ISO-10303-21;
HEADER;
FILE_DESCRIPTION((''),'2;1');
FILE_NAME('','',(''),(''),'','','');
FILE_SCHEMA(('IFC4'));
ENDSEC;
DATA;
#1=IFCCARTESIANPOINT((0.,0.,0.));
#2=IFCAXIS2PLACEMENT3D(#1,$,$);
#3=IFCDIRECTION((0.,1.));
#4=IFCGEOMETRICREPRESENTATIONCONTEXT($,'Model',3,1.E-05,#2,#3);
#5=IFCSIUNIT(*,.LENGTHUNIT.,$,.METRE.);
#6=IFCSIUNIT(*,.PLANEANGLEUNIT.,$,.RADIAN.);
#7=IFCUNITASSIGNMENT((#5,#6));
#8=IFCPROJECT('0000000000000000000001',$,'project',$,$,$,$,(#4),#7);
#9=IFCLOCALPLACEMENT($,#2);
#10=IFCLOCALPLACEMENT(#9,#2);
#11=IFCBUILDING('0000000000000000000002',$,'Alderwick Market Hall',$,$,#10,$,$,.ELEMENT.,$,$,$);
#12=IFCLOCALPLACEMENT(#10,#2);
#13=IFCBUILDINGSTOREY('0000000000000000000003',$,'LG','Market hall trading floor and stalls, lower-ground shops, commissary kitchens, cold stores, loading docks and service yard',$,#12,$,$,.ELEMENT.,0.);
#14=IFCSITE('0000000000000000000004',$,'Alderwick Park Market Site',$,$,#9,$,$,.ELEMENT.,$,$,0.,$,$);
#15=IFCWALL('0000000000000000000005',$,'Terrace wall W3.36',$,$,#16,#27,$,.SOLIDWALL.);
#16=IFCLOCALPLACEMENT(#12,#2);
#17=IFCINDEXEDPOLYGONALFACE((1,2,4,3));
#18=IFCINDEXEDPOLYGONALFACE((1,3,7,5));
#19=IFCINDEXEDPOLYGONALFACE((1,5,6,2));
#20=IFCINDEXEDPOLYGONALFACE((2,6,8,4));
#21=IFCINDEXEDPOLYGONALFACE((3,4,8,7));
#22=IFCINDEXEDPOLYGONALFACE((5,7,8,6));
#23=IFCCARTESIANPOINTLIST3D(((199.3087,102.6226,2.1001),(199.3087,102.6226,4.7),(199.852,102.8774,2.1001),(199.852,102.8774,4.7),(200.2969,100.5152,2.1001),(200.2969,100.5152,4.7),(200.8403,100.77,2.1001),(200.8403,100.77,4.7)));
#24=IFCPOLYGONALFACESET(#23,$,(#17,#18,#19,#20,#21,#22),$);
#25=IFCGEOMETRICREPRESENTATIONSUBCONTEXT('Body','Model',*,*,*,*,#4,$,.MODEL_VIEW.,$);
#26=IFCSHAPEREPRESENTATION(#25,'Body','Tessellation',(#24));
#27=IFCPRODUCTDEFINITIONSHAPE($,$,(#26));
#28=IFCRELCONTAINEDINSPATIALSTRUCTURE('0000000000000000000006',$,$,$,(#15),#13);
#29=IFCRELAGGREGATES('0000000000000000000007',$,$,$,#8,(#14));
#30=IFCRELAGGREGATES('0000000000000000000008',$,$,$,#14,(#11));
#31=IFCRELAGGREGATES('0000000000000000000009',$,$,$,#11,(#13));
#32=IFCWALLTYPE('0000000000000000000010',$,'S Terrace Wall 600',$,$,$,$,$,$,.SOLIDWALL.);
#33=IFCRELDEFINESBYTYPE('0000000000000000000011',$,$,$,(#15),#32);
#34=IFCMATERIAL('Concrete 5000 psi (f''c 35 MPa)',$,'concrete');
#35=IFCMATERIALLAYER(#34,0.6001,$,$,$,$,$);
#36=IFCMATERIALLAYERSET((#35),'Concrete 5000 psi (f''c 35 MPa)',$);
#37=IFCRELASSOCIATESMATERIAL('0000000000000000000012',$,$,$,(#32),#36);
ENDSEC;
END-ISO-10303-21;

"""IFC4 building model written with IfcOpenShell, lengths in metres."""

from ifc_helpers import new_model, si_unit, direction, frame, frame_2d, origin, place, context, subcontext, project, spatial, rectangle, extrude, material, layer, layer_set, type_object, element, save


model = new_model("IFC4")

# Units and contexts
model_context = context("Model", 3, precision=1e-05, world=origin(), true_north=direction((0.0, 1.0)))
body_context = subcontext(model_context, "Body", "Model", "MODEL_VIEW")
ifc_project = project(units=[si_unit("LENGTHUNIT", "METRE"), si_unit("PLANEANGLEUNIT", "RADIAN")], contexts=[model_context])

# Site, building, storey
site_placement = place(None, origin())
site = spatial("IfcSite", under=ifc_project, at=site_placement, Name="Alderwick Park Market Site", CompositionType="ELEMENT", RefElevation=0.0)
building_placement = place(site_placement, origin())
building = spatial("IfcBuilding", under=site, at=building_placement, Name="Alderwick Market Hall", CompositionType="ELEMENT")
storey_placement = place(building_placement, origin())
storey = spatial("IfcBuildingStorey", under=building, at=storey_placement, Name="LG", Description="Market hall trading floor and stalls, lower-ground shops, commissary kitchens, cold stores, loading docks and service yard", CompositionType="ELEMENT", Elevation=0.0)

# Wall
ifc_material_1 = material(Name="Concrete 5000 psi (f'c 35 MPa)", Category="concrete")
ifc_layer = layer(ifc_material_1, 0.6001)
ifc_layer_set = layer_set([ifc_layer], Name="Concrete 5000 psi (f'c 35 MPa)")
wall_type = type_object("IfcWallType", Name="S Terrace Wall 600", PredefinedType="SOLIDWALL", material=ifc_layer_set)
wall_1_placement = place(storey_placement, frame((200.5686, 100.6426, 2.1001), z_axis=(0.0, 0.0, 1.0), x_axis=(-0.424584, 0.905388, 0.0)))
element("IfcWall", 1, at=wall_1_placement, inside=storey, type_object=wall_type, Name="Terrace wall W3.36", PredefinedType="SOLIDWALL", context=body_context, shape_type="SweptSolid", body=[
    extrude(rectangle(XDim=2.3276, YDim=0.6001, at=frame_2d((1.1638, 0.0))), origin(), (0.0, 0.0, 1.0), 2.5999),
])

save(model, "model.ifc")
